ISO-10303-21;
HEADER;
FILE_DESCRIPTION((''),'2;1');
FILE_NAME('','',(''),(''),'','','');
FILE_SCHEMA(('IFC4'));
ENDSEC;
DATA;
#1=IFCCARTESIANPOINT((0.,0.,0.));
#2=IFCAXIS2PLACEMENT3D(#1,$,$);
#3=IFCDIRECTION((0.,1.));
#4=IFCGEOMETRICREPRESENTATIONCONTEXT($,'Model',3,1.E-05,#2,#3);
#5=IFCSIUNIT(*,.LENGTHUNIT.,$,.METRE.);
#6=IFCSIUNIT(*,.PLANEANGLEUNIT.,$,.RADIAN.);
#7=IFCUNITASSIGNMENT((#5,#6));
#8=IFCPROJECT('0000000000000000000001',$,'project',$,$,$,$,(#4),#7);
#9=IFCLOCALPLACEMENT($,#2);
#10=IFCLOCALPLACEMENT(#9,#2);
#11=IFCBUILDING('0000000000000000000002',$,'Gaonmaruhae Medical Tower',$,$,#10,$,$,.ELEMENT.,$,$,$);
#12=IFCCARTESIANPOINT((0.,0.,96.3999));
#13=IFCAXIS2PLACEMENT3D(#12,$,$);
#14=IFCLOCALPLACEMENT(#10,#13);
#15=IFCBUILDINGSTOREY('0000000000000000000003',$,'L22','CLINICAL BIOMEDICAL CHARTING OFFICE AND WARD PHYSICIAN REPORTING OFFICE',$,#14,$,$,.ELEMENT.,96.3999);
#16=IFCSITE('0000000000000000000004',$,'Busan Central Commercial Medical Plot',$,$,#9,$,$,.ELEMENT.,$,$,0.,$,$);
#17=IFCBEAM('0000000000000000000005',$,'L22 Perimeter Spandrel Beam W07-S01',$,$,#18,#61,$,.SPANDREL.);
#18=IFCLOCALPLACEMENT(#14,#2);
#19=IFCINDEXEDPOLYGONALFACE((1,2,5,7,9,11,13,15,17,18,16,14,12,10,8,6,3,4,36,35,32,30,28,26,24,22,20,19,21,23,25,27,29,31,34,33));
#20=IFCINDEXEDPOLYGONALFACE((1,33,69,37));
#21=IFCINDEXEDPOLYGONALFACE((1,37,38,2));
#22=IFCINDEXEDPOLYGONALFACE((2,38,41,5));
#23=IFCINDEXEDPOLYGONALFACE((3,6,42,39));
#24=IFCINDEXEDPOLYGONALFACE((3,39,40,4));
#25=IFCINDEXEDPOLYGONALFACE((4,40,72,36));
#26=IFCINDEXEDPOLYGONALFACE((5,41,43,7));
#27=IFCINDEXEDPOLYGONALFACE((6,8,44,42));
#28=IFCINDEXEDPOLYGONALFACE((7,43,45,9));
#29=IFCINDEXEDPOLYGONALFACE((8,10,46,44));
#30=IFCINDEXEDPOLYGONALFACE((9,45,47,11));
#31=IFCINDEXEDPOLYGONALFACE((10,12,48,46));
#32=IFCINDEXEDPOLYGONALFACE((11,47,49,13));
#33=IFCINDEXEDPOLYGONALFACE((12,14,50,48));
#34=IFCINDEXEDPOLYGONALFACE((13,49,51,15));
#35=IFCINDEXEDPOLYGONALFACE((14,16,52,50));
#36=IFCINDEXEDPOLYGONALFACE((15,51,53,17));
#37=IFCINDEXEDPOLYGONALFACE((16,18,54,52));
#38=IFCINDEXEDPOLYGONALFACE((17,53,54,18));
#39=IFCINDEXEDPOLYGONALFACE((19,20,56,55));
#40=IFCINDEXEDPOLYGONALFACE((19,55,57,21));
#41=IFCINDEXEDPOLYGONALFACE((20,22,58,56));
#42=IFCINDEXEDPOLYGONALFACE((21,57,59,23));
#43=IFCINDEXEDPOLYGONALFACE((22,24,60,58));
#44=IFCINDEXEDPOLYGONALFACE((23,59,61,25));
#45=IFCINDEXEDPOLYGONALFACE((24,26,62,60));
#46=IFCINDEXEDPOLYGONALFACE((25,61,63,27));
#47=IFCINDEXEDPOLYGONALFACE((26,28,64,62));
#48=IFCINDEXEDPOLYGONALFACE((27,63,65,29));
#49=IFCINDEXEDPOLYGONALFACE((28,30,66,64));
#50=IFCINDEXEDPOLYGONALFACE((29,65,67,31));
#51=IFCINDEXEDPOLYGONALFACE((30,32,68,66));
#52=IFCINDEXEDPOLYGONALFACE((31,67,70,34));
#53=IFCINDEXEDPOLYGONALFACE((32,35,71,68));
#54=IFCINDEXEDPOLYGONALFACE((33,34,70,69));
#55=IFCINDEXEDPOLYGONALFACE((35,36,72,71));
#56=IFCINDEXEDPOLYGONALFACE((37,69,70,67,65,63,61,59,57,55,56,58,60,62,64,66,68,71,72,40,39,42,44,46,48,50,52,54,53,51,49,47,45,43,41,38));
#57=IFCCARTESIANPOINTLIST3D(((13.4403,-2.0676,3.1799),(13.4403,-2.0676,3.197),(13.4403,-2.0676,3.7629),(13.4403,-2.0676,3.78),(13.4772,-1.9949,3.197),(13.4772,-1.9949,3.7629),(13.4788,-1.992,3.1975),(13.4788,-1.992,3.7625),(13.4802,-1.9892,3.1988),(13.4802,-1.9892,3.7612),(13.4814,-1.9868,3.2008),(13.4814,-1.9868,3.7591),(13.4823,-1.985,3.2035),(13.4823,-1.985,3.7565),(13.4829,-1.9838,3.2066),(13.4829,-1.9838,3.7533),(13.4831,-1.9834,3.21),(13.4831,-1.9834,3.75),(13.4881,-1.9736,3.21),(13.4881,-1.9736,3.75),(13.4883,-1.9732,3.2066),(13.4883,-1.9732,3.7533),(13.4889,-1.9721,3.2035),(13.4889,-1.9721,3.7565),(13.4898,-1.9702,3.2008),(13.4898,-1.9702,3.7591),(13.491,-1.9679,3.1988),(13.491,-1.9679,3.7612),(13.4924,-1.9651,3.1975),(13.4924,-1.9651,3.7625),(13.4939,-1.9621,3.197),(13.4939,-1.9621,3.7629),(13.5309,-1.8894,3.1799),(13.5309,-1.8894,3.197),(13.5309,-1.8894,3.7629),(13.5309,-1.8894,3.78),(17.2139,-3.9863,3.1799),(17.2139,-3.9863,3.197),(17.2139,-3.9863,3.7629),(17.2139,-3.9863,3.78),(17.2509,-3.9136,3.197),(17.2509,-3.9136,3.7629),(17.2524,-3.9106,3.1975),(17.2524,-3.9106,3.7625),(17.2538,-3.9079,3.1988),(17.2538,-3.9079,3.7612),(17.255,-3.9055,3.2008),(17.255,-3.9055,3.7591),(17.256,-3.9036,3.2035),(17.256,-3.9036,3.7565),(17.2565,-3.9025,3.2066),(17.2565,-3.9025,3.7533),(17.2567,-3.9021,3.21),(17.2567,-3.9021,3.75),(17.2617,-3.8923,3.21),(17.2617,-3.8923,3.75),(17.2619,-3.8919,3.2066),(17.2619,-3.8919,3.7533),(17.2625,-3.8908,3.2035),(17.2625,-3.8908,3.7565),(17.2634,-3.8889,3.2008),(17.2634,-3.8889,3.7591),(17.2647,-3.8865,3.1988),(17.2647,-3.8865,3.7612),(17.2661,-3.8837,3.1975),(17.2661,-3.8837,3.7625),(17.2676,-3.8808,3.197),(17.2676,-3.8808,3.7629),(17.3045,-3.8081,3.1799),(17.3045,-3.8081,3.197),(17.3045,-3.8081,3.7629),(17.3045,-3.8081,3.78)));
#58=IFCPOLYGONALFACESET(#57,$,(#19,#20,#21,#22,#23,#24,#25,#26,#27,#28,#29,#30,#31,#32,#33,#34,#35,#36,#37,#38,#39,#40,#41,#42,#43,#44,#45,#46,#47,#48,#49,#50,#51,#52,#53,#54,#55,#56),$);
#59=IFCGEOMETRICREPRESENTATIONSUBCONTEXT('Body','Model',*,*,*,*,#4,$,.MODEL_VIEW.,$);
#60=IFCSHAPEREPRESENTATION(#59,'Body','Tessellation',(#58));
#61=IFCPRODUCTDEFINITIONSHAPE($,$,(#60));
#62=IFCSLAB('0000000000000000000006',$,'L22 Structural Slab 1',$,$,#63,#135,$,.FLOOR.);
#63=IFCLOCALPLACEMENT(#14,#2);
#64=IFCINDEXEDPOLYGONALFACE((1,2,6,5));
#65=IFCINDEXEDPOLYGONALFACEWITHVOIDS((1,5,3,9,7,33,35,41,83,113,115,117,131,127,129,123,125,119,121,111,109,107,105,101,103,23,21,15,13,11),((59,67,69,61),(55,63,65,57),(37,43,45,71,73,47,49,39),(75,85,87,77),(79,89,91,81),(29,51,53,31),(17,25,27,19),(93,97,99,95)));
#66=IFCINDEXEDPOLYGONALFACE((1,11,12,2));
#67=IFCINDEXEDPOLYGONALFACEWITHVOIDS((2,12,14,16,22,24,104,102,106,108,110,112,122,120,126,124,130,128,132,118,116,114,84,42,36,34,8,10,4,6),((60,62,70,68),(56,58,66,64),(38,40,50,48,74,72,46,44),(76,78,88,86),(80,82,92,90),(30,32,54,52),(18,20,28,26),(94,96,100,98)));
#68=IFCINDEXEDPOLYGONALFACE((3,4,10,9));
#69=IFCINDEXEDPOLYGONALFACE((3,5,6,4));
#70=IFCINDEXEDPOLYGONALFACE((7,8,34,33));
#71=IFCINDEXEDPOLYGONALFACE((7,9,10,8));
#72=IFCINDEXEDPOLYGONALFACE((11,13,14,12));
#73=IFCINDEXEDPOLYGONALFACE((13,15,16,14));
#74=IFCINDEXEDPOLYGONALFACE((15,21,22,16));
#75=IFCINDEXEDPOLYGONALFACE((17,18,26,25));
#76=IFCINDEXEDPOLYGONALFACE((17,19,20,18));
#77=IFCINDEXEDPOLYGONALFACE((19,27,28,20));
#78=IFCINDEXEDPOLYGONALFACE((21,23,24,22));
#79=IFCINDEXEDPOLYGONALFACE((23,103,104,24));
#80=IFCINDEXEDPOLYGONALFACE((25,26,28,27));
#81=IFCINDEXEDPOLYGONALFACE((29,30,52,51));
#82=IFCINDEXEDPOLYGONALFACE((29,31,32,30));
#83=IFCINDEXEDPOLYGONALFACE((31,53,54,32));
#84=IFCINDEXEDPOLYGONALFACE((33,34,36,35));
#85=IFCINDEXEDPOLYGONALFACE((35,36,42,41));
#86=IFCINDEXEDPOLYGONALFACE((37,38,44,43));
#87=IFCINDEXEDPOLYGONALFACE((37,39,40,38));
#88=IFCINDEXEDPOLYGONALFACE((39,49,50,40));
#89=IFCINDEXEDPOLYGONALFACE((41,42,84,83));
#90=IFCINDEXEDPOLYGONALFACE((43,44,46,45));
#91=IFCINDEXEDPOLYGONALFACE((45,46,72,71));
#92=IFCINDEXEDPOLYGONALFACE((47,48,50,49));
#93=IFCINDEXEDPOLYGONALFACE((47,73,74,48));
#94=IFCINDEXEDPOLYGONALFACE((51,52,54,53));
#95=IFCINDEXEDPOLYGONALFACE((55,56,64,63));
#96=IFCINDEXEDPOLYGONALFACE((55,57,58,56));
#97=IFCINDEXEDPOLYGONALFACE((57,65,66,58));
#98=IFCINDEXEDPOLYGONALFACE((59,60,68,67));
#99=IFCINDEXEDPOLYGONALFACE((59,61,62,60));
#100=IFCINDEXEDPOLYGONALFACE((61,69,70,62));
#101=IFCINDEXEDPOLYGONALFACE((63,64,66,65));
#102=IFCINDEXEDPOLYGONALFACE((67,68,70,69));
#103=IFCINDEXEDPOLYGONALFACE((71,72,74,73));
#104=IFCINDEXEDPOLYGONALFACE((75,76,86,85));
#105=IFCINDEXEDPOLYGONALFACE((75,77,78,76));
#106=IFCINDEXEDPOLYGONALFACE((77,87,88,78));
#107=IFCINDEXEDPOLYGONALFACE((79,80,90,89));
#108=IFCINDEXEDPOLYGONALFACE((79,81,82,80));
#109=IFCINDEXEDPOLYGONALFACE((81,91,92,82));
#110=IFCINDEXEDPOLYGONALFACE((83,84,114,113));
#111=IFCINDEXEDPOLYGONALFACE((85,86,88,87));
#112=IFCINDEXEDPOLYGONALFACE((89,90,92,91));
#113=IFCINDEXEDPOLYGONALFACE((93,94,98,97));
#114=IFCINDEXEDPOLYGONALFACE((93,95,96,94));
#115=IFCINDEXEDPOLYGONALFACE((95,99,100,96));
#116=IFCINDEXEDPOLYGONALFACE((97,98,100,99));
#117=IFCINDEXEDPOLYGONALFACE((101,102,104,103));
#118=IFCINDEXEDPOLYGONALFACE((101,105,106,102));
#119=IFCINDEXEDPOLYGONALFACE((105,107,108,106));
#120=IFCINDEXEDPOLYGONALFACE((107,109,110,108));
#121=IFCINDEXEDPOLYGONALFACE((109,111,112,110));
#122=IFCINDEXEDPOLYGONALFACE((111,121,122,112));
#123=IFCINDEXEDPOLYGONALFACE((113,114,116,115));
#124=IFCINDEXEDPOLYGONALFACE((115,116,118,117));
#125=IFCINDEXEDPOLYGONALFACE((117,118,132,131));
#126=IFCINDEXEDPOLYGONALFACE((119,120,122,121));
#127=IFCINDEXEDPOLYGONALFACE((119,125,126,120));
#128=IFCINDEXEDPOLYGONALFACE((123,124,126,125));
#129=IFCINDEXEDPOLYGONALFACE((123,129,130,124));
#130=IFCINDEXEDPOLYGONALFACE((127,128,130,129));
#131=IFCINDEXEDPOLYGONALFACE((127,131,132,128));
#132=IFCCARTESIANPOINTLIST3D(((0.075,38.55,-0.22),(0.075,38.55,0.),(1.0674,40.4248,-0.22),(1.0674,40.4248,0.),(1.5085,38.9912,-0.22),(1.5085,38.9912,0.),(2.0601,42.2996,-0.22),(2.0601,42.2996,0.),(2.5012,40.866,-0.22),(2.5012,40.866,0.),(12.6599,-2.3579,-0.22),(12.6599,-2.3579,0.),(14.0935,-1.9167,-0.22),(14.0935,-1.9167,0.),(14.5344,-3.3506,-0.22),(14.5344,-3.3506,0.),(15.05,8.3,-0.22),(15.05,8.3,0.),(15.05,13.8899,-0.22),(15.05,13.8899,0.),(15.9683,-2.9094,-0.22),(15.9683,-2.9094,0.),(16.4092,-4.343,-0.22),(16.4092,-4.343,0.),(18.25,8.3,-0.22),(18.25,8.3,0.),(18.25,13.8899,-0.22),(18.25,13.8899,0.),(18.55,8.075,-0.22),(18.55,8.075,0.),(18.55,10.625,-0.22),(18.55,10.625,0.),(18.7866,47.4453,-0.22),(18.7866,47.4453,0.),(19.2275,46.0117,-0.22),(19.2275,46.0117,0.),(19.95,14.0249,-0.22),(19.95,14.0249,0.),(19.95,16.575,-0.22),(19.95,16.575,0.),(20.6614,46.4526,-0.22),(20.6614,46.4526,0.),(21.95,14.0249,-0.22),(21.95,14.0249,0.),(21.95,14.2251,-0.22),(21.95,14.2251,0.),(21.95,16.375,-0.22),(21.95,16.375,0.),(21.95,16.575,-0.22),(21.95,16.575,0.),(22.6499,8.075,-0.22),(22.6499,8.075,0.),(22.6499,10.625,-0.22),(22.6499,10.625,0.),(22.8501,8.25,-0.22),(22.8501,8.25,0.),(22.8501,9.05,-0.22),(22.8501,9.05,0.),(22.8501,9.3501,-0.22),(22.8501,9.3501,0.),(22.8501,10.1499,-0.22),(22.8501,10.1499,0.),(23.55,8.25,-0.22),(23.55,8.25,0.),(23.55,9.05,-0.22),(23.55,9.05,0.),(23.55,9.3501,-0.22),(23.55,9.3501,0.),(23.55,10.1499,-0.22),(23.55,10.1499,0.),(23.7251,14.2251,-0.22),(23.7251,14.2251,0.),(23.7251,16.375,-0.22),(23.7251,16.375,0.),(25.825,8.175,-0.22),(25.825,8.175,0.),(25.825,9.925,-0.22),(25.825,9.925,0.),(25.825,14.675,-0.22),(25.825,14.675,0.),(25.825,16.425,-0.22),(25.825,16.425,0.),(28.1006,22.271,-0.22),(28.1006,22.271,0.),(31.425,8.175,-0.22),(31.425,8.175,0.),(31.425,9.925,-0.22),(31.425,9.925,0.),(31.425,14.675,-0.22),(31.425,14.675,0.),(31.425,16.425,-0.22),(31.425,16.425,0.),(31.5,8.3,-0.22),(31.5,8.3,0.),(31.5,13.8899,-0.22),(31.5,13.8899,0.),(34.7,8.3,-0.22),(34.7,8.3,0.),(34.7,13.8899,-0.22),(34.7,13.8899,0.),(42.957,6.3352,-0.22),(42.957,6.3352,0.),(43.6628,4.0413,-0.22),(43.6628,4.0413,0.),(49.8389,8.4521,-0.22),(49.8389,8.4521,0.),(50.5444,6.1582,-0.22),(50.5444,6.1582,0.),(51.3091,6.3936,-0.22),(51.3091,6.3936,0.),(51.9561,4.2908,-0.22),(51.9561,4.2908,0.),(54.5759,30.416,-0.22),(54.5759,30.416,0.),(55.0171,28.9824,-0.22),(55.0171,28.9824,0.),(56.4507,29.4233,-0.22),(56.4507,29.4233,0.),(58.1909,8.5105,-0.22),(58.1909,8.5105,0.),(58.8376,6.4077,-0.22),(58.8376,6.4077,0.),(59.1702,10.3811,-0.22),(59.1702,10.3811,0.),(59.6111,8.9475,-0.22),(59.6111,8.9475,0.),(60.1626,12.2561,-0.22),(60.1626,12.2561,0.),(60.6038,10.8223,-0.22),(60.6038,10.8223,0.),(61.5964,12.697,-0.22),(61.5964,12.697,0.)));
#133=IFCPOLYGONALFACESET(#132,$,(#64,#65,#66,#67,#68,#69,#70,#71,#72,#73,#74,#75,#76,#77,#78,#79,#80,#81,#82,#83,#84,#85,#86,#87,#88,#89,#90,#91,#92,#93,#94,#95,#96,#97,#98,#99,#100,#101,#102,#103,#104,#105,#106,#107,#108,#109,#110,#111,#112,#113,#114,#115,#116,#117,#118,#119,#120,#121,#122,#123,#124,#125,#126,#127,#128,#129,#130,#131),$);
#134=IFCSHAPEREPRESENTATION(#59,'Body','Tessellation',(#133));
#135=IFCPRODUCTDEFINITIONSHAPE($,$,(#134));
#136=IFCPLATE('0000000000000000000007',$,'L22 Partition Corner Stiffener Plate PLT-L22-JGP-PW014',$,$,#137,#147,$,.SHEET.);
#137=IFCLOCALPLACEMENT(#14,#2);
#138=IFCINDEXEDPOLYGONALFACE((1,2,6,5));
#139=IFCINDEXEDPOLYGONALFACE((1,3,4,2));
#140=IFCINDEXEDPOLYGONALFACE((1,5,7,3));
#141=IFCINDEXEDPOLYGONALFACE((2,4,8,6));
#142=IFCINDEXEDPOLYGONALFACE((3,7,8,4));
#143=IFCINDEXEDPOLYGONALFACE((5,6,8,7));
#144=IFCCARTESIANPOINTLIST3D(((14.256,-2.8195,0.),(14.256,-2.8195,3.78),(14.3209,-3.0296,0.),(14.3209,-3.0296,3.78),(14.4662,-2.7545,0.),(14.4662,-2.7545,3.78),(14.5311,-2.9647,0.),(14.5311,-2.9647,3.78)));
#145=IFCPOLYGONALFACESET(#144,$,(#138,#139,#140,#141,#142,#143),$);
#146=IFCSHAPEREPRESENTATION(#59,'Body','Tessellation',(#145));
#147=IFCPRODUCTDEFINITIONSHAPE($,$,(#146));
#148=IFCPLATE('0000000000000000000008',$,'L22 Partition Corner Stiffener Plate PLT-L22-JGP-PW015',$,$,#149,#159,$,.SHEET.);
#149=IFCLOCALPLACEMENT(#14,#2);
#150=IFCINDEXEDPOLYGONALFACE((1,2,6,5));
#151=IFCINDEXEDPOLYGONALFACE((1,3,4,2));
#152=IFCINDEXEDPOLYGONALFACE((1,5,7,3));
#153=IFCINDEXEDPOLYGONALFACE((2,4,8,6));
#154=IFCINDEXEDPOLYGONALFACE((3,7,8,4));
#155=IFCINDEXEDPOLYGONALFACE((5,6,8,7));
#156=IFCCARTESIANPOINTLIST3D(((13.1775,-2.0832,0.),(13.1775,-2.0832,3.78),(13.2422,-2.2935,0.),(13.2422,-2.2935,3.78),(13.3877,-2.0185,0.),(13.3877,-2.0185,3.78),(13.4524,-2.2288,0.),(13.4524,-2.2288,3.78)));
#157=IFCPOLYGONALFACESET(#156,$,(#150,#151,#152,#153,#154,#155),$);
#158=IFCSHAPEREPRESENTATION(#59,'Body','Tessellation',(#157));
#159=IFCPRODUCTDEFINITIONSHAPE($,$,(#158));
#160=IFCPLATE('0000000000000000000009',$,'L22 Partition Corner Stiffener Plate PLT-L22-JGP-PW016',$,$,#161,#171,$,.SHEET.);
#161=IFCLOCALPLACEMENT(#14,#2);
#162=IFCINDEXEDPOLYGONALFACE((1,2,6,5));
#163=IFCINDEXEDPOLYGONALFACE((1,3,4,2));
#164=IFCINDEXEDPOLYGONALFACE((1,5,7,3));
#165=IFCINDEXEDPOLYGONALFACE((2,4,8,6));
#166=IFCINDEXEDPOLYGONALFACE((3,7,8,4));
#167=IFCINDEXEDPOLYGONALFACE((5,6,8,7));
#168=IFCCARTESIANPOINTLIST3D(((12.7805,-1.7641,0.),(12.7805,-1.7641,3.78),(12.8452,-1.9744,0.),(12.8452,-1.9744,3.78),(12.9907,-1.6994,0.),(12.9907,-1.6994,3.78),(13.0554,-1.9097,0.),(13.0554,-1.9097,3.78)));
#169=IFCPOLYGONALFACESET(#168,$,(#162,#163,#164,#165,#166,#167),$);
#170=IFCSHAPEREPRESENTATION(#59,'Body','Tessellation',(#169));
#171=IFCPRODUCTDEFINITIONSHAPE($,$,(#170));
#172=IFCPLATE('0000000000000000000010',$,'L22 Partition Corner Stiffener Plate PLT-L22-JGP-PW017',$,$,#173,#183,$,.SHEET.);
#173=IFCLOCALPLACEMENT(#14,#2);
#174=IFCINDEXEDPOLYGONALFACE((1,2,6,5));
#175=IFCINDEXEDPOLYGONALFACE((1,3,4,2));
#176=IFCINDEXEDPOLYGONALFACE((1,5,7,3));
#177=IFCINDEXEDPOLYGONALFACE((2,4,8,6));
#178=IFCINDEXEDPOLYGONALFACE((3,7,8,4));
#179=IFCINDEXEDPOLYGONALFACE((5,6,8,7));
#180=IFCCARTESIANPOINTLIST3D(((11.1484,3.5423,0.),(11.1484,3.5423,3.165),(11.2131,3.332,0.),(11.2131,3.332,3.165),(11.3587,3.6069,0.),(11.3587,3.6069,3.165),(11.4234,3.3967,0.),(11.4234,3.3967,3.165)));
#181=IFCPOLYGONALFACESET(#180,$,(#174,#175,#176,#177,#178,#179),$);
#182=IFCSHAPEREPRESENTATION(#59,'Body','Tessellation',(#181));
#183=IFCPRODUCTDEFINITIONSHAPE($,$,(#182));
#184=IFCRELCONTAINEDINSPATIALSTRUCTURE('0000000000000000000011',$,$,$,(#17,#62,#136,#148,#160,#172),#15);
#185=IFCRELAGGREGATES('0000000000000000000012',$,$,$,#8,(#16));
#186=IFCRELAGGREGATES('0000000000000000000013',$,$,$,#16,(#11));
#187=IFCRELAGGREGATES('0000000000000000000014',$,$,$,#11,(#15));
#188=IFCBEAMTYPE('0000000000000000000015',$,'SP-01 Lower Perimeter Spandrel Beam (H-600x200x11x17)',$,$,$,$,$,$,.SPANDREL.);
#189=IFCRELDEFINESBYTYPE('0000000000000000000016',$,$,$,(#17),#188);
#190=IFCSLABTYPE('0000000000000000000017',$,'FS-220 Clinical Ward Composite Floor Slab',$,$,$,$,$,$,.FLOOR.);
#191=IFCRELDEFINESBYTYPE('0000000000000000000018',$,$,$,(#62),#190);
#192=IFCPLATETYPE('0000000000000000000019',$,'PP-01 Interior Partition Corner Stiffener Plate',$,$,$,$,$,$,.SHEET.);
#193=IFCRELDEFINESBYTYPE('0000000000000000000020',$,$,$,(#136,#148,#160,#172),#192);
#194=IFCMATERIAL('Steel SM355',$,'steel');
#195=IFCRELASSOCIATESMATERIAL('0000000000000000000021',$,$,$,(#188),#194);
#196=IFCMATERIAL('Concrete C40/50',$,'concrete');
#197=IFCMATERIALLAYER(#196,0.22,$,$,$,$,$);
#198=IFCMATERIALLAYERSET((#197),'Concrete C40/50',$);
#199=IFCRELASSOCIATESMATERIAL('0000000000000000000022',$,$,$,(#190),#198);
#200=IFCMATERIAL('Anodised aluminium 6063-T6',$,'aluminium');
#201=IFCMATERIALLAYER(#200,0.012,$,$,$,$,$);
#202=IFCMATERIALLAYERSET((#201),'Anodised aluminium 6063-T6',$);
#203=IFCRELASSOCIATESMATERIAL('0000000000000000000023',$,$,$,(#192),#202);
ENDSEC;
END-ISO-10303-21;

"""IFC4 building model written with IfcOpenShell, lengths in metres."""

from ifc_helpers import new_model, si_unit, direction, frame, origin, origin_2d, place, context, subcontext, project, spatial, polyline, rectangle, i_section, outline, extrude, material, layer, layer_set, material_profile, profile_set, type_object, element, save


model = new_model("IFC4")

# Units and contexts
model_context = context("Model", 3, precision=1e-05, world=origin(), true_north=direction((0.0, 1.0)))
body_context = subcontext(model_context, "Body", "Model", "MODEL_VIEW")
ifc_project = project(units=[si_unit("LENGTHUNIT", "METRE"), si_unit("PLANEANGLEUNIT", "RADIAN")], contexts=[model_context])

# Site, building, storey
site_placement = place(None, origin())
site = spatial("IfcSite", under=ifc_project, at=site_placement, Name="Busan Central Commercial Medical Plot", CompositionType="ELEMENT", RefElevation=0.0)
building_placement = place(site_placement, origin())
building = spatial("IfcBuilding", under=site, at=building_placement, Name="Gaonmaruhae Medical Tower", CompositionType="ELEMENT")
storey_placement = place(building_placement, frame((0.0, 0.0, 96.3999)))
storey = spatial("IfcBuildingStorey", under=building, at=storey_placement, Name="L22", Description="CLINICAL BIOMEDICAL CHARTING OFFICE AND WARD PHYSICIAN REPORTING OFFICE", CompositionType="ELEMENT", Elevation=96.3999)

# Beam
ifc_material_1 = material(Name="Steel SM355", Category="steel")
ifc_material_profile_1 = material_profile(ifc_material_1, i_section(OverallWidth=0.2, OverallDepth=0.6001, WebThickness=0.011, FlangeThickness=0.0171, FilletRadius=0.0129, at=origin_2d()), Name="H-600x200x11x17")
ifc_profile_set_1 = profile_set([ifc_material_profile_1], Name="Steel SM355")
beam_type_1 = type_object("IfcBeamType", Name="SP-01 Lower Perimeter Spandrel Beam (H-600x200x11x17)", PredefinedType="SPANDREL", material=ifc_profile_set_1)
beam_1_placement = place(storey_placement, frame((13.4856, -1.9785, 3.48), z_axis=(0.891397, -0.453224, 0.0), x_axis=(0.453224, 0.891397, 0.0)))
element("IfcBeam", 1, at=beam_1_placement, inside=storey, type_object=beam_type_1, Name="L22 Perimeter Spandrel Beam W07-S01", PredefinedType="SPANDREL", context=body_context, shape_type="SweptSolid", body=[
    extrude(i_section(OverallWidth=0.2, OverallDepth=0.6001, WebThickness=0.011, FlangeThickness=0.0171, FilletRadius=0.0129, at=origin_2d()), origin(), (0.0, 0.0, 1.0), 4.2334),
])

# Slab
ifc_material_2 = material(Name="Concrete C40/50", Category="concrete")
ifc_layer_1 = layer(ifc_material_2, 0.22)
ifc_layer_set_1 = layer_set([ifc_layer_1], Name="Concrete C40/50")
slab_type_1 = type_object("IfcSlabType", Name="FS-220 Clinical Ward Composite Floor Slab", PredefinedType="FLOOR", material=ifc_layer_set_1)
slab_1_placement = place(storey_placement, frame((0.0, 0.0, -0.22)))
element("IfcSlab", 2, at=slab_1_placement, inside=storey, type_object=slab_type_1, Name="L22 Structural Slab 1", PredefinedType="FLOOR", context=body_context, shape_type="SweptSolid", body=[
    extrude(outline(polyline([(15.9683, -2.9094), (14.5344, -3.3506), (14.0935, -1.9167), (12.6599, -2.3579), (0.075, 38.55), (1.5085, 38.9912), (1.0674, 40.4248), (2.5012, 40.866), (2.0601, 42.2996), (18.7866, 47.4453), (19.2275, 46.0117), (20.6614, 46.4526), (28.1006, 22.271), (54.5759, 30.416), (55.0171, 28.9824), (56.4507, 29.4233), (61.5964, 12.697), (60.1626, 12.2561), (60.6038, 10.8223), (59.1702, 10.3811), (59.6111, 8.9475), (58.1909, 8.5105), (58.8376, 6.4077), (51.9561, 4.2908), (51.3091, 6.3936), (50.5444, 6.1582), (49.8389, 8.4521), (42.957, 6.3352), (43.6628, 4.0413), (16.4092, -4.343), (15.9683, -2.9094)]), holes=[polyline([(23.55, 8.25), (22.8501, 8.25), (22.8501, 9.05), (23.55, 9.05), (23.55, 8.25)]), polyline([(25.825, 9.925), (31.425, 9.925), (31.425, 8.175), (25.825, 8.175), (25.825, 9.925)]), polyline([(22.6499, 10.625), (22.6499, 8.075), (18.55, 8.075), (18.55, 10.625), (22.6499, 10.625)]), polyline([(23.55, 9.3501), (22.8501, 9.3501), (22.8501, 10.1499), (23.55, 10.1499), (23.55, 9.3501)]), polyline([(15.05, 13.8899), (18.25, 13.8899), (18.25, 8.3), (15.05, 8.3), (15.05, 13.8899)]), polyline([(31.5, 13.8899), (34.7, 13.8899), (34.7, 8.3), (31.5, 8.3), (31.5, 13.8899)]), polyline([(21.95, 14.2251), (21.95, 14.0249), (19.95, 14.0249), (19.95, 16.575), (21.95, 16.575), (21.95, 16.375), (23.7251, 16.375), (23.7251, 14.2251), (21.95, 14.2251)]), polyline([(25.825, 16.425), (31.425, 16.425), (31.425, 14.675), (25.825, 14.675), (25.825, 16.425)])]), origin(), (0.0, 0.0, 1.0), 0.22),
])

# Plates
ifc_material_3 = material(Name="Anodised aluminium 6063-T6", Category="aluminium")
ifc_layer_2 = layer(ifc_material_3, 0.012)
ifc_layer_set_2 = layer_set([ifc_layer_2], Name="Anodised aluminium 6063-T6")
plate_type = type_object("IfcPlateType", Name="PP-01 Interior Partition Corner Stiffener Plate", PredefinedType="SHEET", material=ifc_layer_set_2)
for number, where, z_axis, x_axis, name in (
    (3, (14.3936, -2.8921, 0.0), (0.0, 0.0, 1.0), (-0.295191, 0.955438, 0.0), "L22 Partition Corner Stiffener Plate PLT-L22-JGP-PW014"),
    (4, (13.3149, -2.156, 0.0), (0.0, 0.0, 1.0), (-0.955778, -0.29409, 0.0), "L22 Partition Corner Stiffener Plate PLT-L22-JGP-PW015"),
    (5, (12.918, -1.8369, 0.0), (0.0, 0.0, 1.0), (-0.29409, 0.955778, 0.0), "L22 Partition Corner Stiffener Plate PLT-L22-JGP-PW016"),
):
    element("IfcPlate", number, at=place(storey_placement, frame(where, z_axis=z_axis, x_axis=x_axis)), inside=storey, type_object=plate_type, Name=name, PredefinedType="SHEET", context=body_context, shape_type="SweptSolid", body=[
        extrude(rectangle(XDim=0.22, YDim=0.22, at=origin_2d()), origin(), (0.0, 0.0, 1.0), 3.78),
    ])
plate_placement = place(storey_placement, frame((11.2859, 3.4695, 0.0), z_axis=(0.0, 0.0, 1.0), x_axis=(-0.29409, 0.955778, 0.0)))
element("IfcPlate", 6, at=plate_placement, inside=storey, type_object=plate_type, Name="L22 Partition Corner Stiffener Plate PLT-L22-JGP-PW017", PredefinedType="SHEET", context=body_context, shape_type="SweptSolid", body=[
    extrude(rectangle(XDim=0.22, YDim=0.22, at=origin_2d()), origin(), (0.0, 0.0, 1.0), 3.165),
])

save(model, "model.ifc")
